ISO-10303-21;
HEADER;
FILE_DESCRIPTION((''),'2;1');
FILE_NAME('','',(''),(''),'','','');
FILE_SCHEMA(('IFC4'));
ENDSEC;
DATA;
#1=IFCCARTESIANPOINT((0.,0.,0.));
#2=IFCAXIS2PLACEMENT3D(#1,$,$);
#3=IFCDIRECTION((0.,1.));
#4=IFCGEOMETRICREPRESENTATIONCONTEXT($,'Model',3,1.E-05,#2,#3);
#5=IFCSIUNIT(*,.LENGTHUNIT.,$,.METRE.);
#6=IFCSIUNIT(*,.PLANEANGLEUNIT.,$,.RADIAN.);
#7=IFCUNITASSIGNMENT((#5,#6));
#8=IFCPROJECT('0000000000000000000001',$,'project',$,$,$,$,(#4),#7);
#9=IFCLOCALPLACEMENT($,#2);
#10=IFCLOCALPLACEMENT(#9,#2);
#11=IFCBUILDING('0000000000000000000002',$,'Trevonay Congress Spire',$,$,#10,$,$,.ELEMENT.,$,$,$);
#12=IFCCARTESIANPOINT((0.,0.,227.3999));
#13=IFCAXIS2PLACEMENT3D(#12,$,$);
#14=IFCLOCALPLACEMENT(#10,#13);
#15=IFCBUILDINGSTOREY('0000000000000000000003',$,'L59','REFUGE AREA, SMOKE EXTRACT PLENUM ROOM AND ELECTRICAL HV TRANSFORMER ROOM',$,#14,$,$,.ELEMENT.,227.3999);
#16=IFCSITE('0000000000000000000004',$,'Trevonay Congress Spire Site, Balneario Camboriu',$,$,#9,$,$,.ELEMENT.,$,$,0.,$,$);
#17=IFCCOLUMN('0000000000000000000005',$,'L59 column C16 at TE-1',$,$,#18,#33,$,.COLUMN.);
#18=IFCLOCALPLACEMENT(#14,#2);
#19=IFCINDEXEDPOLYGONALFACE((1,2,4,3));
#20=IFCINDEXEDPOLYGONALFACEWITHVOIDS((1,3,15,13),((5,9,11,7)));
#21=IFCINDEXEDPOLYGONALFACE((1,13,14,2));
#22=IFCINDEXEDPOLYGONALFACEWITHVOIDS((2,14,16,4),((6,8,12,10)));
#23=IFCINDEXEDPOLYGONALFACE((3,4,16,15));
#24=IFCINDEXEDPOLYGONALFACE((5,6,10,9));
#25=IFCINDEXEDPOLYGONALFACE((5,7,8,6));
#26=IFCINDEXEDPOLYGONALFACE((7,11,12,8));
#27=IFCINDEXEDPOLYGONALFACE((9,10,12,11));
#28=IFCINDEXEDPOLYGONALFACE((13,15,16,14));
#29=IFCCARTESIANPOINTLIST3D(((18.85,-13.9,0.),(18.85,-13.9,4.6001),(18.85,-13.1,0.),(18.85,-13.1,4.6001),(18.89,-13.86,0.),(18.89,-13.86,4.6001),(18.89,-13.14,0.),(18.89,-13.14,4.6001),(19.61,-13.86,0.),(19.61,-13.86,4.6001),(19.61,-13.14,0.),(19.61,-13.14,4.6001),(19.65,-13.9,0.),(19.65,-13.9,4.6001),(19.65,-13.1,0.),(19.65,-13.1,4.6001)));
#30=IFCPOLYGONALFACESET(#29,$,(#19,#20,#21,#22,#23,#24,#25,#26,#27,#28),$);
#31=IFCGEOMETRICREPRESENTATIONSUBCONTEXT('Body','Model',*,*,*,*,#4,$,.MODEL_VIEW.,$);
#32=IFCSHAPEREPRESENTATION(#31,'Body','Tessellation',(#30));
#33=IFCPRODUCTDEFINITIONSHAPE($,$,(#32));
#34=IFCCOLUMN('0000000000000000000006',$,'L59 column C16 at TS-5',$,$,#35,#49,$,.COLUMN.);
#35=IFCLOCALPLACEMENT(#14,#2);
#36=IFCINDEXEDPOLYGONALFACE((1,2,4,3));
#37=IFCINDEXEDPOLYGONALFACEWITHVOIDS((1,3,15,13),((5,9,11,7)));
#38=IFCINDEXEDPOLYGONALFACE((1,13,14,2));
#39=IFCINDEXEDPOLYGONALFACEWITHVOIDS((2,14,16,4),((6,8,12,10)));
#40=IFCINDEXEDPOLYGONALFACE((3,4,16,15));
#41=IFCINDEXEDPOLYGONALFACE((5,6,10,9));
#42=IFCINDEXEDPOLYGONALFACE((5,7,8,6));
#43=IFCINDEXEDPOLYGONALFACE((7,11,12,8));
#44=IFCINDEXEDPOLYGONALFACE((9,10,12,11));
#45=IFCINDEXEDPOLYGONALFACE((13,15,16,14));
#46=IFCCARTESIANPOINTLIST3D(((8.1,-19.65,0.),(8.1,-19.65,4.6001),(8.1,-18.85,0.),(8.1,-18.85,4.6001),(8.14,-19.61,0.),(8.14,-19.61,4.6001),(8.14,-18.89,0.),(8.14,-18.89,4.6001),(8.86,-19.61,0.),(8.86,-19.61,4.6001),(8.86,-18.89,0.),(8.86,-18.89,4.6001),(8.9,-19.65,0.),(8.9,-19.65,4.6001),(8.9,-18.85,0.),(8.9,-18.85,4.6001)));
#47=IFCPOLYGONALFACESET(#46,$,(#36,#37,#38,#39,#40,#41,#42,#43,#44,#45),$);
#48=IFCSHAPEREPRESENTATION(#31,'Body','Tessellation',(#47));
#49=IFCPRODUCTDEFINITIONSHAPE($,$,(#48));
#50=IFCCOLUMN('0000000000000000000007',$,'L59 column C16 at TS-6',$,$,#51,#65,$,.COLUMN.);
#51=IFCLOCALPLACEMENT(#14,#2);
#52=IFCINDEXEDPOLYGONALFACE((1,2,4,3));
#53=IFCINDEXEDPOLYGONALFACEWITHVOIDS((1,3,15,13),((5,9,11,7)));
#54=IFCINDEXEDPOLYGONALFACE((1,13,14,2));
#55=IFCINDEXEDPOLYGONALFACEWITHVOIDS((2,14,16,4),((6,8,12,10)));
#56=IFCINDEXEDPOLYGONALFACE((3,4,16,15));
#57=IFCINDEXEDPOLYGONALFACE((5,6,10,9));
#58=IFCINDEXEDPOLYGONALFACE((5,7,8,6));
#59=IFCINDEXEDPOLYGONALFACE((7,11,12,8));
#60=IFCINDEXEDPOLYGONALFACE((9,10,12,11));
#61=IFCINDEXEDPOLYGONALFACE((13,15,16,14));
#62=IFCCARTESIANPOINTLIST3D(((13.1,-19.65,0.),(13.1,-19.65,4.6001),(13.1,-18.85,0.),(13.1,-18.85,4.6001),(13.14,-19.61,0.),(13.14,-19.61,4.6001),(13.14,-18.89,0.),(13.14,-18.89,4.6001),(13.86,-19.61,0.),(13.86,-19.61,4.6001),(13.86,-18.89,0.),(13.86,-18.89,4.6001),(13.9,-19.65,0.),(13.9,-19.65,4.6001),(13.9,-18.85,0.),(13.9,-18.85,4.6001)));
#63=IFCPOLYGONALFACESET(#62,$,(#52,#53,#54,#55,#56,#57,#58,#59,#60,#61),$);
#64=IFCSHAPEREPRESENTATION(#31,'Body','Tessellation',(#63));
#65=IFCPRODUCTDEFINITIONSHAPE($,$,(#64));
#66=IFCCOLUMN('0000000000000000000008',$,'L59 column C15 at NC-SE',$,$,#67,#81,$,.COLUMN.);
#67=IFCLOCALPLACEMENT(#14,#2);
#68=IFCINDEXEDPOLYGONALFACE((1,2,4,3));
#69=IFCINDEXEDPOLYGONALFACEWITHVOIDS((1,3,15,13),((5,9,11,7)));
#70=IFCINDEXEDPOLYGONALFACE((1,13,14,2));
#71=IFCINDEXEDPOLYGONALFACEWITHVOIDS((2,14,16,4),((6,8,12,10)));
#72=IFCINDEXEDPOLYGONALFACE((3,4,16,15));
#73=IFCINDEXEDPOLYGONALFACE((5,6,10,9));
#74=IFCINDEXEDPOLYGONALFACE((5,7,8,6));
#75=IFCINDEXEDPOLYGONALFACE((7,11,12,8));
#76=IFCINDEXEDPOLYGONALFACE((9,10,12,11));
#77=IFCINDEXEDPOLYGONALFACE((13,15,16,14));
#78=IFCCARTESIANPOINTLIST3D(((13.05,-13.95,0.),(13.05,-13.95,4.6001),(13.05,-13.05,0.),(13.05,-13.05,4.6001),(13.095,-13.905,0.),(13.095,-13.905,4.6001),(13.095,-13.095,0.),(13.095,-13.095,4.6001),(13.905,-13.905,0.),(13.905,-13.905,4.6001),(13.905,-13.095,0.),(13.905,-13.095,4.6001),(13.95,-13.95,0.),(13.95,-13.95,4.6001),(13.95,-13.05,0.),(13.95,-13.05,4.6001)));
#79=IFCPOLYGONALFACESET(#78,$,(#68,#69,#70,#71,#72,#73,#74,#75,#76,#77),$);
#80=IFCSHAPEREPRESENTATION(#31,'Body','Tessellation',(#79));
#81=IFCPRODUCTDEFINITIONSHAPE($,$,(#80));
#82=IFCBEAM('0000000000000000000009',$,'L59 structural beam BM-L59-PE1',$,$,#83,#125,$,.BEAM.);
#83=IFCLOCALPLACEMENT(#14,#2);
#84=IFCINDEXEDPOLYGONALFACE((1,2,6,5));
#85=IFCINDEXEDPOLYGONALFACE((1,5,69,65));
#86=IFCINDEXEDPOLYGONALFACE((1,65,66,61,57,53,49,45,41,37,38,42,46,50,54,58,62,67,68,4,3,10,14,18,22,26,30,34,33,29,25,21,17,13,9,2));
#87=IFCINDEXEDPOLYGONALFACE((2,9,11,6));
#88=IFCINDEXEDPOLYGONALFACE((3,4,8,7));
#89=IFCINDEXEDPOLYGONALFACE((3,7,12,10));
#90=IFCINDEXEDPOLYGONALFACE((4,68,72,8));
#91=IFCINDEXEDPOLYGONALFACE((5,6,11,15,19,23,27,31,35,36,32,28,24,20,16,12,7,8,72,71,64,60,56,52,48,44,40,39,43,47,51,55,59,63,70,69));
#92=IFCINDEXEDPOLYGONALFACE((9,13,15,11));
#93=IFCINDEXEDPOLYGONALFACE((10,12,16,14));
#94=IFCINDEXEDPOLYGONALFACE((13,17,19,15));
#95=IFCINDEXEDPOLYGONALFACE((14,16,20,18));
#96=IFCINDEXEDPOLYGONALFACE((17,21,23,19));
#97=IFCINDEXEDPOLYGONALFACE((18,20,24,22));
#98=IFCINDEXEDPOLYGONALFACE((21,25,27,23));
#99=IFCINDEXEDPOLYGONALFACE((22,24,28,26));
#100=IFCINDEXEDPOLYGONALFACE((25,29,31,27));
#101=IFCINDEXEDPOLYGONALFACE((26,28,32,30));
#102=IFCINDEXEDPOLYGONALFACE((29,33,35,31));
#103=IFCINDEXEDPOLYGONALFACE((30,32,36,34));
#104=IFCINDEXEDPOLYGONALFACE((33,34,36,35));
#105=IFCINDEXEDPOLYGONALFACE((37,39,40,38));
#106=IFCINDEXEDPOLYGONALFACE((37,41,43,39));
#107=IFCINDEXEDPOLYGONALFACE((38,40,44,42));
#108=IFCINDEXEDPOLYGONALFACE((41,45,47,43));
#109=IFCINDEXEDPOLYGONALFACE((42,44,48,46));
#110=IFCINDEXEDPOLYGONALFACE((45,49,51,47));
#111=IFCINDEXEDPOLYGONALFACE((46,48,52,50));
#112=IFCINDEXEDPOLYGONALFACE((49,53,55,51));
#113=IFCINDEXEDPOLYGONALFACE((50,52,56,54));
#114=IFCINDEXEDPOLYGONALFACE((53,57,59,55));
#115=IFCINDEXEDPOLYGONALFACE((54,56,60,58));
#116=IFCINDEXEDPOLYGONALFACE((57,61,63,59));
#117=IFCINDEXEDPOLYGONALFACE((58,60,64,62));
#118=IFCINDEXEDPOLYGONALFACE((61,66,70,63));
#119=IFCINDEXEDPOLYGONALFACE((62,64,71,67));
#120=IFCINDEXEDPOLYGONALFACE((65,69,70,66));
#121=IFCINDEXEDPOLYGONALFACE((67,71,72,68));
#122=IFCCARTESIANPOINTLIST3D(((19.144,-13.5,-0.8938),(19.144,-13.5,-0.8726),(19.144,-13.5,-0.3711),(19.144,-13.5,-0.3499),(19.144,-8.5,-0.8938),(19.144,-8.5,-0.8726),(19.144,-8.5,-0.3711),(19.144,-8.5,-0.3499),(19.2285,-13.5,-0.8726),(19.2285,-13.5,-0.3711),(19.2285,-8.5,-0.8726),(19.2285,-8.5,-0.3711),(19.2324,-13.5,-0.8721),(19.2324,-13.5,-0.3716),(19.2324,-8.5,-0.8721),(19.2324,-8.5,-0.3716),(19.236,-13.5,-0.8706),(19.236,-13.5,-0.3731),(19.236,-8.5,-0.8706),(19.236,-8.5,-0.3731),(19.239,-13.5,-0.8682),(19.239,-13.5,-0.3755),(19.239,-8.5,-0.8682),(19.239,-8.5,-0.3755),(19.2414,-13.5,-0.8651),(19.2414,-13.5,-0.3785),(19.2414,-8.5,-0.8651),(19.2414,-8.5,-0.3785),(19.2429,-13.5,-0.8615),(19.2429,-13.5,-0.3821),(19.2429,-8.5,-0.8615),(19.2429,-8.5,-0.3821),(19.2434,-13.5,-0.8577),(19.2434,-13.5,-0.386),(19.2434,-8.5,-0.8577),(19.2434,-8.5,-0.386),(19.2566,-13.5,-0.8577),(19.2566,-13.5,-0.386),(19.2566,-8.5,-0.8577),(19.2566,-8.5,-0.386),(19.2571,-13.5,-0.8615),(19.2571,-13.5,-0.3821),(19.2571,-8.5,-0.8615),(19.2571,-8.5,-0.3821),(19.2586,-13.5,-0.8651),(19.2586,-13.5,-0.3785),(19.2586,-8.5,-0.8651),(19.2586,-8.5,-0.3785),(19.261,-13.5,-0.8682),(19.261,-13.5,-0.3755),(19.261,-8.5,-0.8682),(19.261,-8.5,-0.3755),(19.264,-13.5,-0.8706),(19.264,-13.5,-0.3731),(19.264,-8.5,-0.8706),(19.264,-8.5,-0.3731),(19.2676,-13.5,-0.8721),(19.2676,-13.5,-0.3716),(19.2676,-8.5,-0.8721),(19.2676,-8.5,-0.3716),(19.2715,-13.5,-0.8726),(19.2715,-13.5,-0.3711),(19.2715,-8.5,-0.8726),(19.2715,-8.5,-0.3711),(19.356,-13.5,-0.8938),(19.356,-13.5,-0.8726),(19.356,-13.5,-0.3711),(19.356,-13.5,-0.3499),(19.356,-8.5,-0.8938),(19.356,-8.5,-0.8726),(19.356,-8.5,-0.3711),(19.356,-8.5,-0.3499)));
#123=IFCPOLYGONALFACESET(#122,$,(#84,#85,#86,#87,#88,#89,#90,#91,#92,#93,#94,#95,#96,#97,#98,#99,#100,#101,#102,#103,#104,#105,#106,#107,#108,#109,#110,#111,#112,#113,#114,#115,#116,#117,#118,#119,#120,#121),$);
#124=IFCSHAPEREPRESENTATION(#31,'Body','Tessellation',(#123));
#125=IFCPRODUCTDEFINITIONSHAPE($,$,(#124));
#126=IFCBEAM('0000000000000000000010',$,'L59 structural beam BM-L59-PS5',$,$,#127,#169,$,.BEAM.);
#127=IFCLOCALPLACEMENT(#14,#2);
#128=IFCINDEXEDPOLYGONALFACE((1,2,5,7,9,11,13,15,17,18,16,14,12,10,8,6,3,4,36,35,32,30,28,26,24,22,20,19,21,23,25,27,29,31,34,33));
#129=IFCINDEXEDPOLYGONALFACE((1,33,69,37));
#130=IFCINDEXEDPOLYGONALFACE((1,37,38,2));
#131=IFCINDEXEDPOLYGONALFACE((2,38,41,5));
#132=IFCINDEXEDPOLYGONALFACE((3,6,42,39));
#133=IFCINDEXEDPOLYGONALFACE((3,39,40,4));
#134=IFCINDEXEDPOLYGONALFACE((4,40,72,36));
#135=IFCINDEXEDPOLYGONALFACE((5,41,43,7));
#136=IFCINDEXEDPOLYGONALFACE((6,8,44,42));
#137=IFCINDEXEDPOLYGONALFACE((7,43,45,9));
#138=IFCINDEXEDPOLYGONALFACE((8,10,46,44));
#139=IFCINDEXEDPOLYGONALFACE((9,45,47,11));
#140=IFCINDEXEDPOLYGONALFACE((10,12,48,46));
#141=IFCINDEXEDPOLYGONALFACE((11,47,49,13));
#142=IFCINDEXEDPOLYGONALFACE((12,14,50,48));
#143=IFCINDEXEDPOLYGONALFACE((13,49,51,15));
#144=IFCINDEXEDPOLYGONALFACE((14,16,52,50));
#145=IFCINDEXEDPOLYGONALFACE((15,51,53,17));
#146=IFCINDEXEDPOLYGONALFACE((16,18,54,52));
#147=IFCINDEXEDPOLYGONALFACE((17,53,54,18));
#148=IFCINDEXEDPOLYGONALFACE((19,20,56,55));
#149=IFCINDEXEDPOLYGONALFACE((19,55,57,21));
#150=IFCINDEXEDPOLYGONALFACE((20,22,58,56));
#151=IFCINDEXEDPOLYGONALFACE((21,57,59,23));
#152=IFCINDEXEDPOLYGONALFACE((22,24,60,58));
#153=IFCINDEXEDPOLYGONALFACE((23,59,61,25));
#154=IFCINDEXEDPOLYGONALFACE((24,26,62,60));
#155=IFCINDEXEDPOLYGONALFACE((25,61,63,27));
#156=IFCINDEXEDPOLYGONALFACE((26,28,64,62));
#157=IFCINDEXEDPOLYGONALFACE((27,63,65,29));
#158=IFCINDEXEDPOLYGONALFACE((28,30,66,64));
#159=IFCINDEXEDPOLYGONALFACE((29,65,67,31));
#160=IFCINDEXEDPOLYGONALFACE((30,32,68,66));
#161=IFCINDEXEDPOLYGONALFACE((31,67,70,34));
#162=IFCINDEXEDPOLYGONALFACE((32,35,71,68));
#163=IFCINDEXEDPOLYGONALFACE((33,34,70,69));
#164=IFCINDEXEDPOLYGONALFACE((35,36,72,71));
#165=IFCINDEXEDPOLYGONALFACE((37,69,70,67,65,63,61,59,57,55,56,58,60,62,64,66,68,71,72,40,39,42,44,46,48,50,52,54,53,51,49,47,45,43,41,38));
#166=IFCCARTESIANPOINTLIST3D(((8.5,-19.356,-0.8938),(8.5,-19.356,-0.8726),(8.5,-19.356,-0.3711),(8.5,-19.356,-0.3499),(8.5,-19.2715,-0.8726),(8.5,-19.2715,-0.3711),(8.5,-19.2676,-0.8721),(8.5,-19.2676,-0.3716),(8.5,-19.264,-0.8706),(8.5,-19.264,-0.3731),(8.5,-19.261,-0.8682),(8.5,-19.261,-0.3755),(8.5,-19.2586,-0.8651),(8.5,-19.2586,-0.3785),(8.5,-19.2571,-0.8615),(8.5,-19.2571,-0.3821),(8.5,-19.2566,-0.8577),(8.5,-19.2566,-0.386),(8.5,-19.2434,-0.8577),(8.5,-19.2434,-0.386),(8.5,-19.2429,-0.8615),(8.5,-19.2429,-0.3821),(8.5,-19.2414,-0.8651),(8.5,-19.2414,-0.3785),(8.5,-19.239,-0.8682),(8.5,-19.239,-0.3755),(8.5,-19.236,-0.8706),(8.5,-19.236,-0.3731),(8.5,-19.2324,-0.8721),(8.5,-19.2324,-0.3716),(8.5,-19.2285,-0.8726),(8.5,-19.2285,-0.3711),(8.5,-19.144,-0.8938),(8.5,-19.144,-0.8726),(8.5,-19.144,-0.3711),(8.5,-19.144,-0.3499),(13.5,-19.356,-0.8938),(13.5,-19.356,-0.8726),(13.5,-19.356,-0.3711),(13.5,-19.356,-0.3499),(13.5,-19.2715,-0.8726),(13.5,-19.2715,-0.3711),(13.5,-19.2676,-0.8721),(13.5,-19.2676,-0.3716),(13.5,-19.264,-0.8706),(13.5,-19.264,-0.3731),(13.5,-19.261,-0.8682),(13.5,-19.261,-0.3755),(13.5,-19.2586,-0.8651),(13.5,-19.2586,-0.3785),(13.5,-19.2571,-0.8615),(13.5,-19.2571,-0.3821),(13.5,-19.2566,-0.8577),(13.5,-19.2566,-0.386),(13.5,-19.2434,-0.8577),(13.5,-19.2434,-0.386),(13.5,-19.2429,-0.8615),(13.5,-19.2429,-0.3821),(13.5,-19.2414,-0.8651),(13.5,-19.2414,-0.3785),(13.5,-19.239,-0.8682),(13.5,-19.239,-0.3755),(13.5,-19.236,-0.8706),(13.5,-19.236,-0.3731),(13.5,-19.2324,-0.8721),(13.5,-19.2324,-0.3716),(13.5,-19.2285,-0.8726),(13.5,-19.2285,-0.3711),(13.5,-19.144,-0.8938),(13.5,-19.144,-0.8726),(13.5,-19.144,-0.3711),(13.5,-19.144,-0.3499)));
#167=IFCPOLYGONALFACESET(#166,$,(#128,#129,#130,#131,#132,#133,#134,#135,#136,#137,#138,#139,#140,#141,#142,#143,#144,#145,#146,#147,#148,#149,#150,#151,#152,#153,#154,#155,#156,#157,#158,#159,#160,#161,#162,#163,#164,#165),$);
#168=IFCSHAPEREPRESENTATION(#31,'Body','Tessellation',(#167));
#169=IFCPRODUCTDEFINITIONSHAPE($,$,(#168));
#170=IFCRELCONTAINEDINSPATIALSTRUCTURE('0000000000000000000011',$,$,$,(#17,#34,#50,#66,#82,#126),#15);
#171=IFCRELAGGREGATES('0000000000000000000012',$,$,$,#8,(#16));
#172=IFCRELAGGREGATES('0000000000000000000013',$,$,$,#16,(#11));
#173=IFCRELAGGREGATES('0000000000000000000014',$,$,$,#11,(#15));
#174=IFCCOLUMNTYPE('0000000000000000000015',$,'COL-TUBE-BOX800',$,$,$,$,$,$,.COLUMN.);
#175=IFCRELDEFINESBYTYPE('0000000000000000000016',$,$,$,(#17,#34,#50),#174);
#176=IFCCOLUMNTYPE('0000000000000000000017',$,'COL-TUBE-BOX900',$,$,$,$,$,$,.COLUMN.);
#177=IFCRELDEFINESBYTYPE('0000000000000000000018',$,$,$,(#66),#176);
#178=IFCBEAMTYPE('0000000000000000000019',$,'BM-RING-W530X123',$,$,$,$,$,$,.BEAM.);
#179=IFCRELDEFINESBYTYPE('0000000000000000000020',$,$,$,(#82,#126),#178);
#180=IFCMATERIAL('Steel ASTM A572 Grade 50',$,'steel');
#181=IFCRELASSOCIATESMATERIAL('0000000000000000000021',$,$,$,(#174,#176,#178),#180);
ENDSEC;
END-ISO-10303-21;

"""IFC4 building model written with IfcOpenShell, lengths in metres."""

from ifc_helpers import new_model, si_unit, direction, frame, origin, origin_2d, place, context, subcontext, project, spatial, hollow_rectangle, i_section, extrude, material, material_profile, profile_set, type_object, element, save


model = new_model("IFC4")

# Units and contexts
model_context = context("Model", 3, precision=1e-05, world=origin(), true_north=direction((0.0, 1.0)))
body_context = subcontext(model_context, "Body", "Model", "MODEL_VIEW")
ifc_project = project(units=[si_unit("LENGTHUNIT", "METRE"), si_unit("PLANEANGLEUNIT", "RADIAN")], contexts=[model_context])

# Site, building, storey
site_placement = place(None, origin())
site = spatial("IfcSite", under=ifc_project, at=site_placement, Name="Trevonay Congress Spire Site, Balneario Camboriu", CompositionType="ELEMENT", RefElevation=0.0)
building_placement = place(site_placement, origin())
building = spatial("IfcBuilding", under=site, at=building_placement, Name="Trevonay Congress Spire", CompositionType="ELEMENT")
storey_placement = place(building_placement, frame((0.0, 0.0, 227.3999)))
storey = spatial("IfcBuildingStorey", under=building, at=storey_placement, Name="L59", Description="REFUGE AREA, SMOKE EXTRACT PLENUM ROOM AND ELECTRICAL HV TRANSFORMER ROOM", CompositionType="ELEMENT", Elevation=227.3999)

# Columns
ifc_material_1 = material(Name="Steel ASTM A572 Grade 50", Category="steel")
ifc_material_profile_1 = material_profile(ifc_material_1, hollow_rectangle(XDim=0.8, YDim=0.8, WallThickness=0.04, at=origin_2d()), Name="BOX 800x800x40")
ifc_profile_set_1 = profile_set([ifc_material_profile_1], Name="Steel ASTM A572 Grade 50")
column_type_1 = type_object("IfcColumnType", Name="COL-TUBE-BOX800", PredefinedType="COLUMN", material=ifc_profile_set_1)
for number, where, z_axis, x_axis, name in (
    (1, (19.25, -13.5, 0.0), (0.0, 0.0, 1.0), (1.0, 0.0, 0.0), "L59 column C16 at TE-1"),
    (2, (8.5, -19.25, 0.0), (0.0, 0.0, 1.0), (1.0, 0.0, 0.0), "L59 column C16 at TS-5"),
    (3, (13.5, -19.25, 0.0), (0.0, 0.0, 1.0), (1.0, 0.0, 0.0), "L59 column C16 at TS-6"),
):
    element("IfcColumn", number, at=place(storey_placement, frame(where, z_axis=z_axis, x_axis=x_axis)), inside=storey, type_object=column_type_1, Name=name, PredefinedType="COLUMN", context=body_context, shape_type="SweptSolid", body=[
        extrude(hollow_rectangle(XDim=0.8, YDim=0.8, WallThickness=0.04, at=origin_2d()), origin(), (0.0, 0.0, 1.0), 4.6001),
    ])
ifc_material_profile_2 = material_profile(ifc_material_1, hollow_rectangle(XDim=0.8999, YDim=0.8999, WallThickness=0.0449, at=origin_2d()), Name="BOX 900x900x45")
ifc_profile_set_2 = profile_set([ifc_material_profile_2], Name="Steel ASTM A572 Grade 50")
column_type_2 = type_object("IfcColumnType", Name="COL-TUBE-BOX900", PredefinedType="COLUMN", material=ifc_profile_set_2)
column_placement = place(storey_placement, frame((13.5, -13.5, 0.0), z_axis=(0.0, 0.0, 1.0), x_axis=(1.0, 0.0, 0.0)))
element("IfcColumn", 4, at=column_placement, inside=storey, type_object=column_type_2, Name="L59 column C15 at NC-SE", PredefinedType="COLUMN", context=body_context, shape_type="SweptSolid", body=[
    extrude(hollow_rectangle(XDim=0.8999, YDim=0.8999, WallThickness=0.0449, at=origin_2d()), origin(), (0.0, 0.0, 1.0), 4.6001),
])

# Beams
ifc_material_profile_3 = material_profile(ifc_material_1, i_section(OverallWidth=0.2119, OverallDepth=0.5439, WebThickness=0.0132, FlangeThickness=0.0212, FilletRadius=0.0149, at=origin_2d()), Name="W530x123")
ifc_profile_set_3 = profile_set([ifc_material_profile_3], Name="Steel ASTM A572 Grade 50")
beam_type = type_object("IfcBeamType", Name="BM-RING-W530X123", PredefinedType="BEAM", material=ifc_profile_set_3)
for number, where, z_axis, x_axis, name in (
    (5, (19.25, -13.5, -0.6218), (0.0, 1.0, 0.0), (-1.0, 0.0, 0.0), "L59 structural beam BM-L59-PE1"),
    (6, (8.5, -19.25, -0.6218), (1.0, 0.0, 0.0), (0.0, 1.0, 0.0), "L59 structural beam BM-L59-PS5"),
):
    element("IfcBeam", number, at=place(storey_placement, frame(where, z_axis=z_axis, x_axis=x_axis)), inside=storey, type_object=beam_type, Name=name, PredefinedType="BEAM", context=body_context, shape_type="SweptSolid", body=[
        extrude(i_section(OverallWidth=0.2119, OverallDepth=0.5439, WebThickness=0.0132, FlangeThickness=0.0212, FilletRadius=0.0149, at=origin_2d()), origin(), (0.0, 0.0, 1.0), 5.0),
    ])

save(model, "model.ifc")
